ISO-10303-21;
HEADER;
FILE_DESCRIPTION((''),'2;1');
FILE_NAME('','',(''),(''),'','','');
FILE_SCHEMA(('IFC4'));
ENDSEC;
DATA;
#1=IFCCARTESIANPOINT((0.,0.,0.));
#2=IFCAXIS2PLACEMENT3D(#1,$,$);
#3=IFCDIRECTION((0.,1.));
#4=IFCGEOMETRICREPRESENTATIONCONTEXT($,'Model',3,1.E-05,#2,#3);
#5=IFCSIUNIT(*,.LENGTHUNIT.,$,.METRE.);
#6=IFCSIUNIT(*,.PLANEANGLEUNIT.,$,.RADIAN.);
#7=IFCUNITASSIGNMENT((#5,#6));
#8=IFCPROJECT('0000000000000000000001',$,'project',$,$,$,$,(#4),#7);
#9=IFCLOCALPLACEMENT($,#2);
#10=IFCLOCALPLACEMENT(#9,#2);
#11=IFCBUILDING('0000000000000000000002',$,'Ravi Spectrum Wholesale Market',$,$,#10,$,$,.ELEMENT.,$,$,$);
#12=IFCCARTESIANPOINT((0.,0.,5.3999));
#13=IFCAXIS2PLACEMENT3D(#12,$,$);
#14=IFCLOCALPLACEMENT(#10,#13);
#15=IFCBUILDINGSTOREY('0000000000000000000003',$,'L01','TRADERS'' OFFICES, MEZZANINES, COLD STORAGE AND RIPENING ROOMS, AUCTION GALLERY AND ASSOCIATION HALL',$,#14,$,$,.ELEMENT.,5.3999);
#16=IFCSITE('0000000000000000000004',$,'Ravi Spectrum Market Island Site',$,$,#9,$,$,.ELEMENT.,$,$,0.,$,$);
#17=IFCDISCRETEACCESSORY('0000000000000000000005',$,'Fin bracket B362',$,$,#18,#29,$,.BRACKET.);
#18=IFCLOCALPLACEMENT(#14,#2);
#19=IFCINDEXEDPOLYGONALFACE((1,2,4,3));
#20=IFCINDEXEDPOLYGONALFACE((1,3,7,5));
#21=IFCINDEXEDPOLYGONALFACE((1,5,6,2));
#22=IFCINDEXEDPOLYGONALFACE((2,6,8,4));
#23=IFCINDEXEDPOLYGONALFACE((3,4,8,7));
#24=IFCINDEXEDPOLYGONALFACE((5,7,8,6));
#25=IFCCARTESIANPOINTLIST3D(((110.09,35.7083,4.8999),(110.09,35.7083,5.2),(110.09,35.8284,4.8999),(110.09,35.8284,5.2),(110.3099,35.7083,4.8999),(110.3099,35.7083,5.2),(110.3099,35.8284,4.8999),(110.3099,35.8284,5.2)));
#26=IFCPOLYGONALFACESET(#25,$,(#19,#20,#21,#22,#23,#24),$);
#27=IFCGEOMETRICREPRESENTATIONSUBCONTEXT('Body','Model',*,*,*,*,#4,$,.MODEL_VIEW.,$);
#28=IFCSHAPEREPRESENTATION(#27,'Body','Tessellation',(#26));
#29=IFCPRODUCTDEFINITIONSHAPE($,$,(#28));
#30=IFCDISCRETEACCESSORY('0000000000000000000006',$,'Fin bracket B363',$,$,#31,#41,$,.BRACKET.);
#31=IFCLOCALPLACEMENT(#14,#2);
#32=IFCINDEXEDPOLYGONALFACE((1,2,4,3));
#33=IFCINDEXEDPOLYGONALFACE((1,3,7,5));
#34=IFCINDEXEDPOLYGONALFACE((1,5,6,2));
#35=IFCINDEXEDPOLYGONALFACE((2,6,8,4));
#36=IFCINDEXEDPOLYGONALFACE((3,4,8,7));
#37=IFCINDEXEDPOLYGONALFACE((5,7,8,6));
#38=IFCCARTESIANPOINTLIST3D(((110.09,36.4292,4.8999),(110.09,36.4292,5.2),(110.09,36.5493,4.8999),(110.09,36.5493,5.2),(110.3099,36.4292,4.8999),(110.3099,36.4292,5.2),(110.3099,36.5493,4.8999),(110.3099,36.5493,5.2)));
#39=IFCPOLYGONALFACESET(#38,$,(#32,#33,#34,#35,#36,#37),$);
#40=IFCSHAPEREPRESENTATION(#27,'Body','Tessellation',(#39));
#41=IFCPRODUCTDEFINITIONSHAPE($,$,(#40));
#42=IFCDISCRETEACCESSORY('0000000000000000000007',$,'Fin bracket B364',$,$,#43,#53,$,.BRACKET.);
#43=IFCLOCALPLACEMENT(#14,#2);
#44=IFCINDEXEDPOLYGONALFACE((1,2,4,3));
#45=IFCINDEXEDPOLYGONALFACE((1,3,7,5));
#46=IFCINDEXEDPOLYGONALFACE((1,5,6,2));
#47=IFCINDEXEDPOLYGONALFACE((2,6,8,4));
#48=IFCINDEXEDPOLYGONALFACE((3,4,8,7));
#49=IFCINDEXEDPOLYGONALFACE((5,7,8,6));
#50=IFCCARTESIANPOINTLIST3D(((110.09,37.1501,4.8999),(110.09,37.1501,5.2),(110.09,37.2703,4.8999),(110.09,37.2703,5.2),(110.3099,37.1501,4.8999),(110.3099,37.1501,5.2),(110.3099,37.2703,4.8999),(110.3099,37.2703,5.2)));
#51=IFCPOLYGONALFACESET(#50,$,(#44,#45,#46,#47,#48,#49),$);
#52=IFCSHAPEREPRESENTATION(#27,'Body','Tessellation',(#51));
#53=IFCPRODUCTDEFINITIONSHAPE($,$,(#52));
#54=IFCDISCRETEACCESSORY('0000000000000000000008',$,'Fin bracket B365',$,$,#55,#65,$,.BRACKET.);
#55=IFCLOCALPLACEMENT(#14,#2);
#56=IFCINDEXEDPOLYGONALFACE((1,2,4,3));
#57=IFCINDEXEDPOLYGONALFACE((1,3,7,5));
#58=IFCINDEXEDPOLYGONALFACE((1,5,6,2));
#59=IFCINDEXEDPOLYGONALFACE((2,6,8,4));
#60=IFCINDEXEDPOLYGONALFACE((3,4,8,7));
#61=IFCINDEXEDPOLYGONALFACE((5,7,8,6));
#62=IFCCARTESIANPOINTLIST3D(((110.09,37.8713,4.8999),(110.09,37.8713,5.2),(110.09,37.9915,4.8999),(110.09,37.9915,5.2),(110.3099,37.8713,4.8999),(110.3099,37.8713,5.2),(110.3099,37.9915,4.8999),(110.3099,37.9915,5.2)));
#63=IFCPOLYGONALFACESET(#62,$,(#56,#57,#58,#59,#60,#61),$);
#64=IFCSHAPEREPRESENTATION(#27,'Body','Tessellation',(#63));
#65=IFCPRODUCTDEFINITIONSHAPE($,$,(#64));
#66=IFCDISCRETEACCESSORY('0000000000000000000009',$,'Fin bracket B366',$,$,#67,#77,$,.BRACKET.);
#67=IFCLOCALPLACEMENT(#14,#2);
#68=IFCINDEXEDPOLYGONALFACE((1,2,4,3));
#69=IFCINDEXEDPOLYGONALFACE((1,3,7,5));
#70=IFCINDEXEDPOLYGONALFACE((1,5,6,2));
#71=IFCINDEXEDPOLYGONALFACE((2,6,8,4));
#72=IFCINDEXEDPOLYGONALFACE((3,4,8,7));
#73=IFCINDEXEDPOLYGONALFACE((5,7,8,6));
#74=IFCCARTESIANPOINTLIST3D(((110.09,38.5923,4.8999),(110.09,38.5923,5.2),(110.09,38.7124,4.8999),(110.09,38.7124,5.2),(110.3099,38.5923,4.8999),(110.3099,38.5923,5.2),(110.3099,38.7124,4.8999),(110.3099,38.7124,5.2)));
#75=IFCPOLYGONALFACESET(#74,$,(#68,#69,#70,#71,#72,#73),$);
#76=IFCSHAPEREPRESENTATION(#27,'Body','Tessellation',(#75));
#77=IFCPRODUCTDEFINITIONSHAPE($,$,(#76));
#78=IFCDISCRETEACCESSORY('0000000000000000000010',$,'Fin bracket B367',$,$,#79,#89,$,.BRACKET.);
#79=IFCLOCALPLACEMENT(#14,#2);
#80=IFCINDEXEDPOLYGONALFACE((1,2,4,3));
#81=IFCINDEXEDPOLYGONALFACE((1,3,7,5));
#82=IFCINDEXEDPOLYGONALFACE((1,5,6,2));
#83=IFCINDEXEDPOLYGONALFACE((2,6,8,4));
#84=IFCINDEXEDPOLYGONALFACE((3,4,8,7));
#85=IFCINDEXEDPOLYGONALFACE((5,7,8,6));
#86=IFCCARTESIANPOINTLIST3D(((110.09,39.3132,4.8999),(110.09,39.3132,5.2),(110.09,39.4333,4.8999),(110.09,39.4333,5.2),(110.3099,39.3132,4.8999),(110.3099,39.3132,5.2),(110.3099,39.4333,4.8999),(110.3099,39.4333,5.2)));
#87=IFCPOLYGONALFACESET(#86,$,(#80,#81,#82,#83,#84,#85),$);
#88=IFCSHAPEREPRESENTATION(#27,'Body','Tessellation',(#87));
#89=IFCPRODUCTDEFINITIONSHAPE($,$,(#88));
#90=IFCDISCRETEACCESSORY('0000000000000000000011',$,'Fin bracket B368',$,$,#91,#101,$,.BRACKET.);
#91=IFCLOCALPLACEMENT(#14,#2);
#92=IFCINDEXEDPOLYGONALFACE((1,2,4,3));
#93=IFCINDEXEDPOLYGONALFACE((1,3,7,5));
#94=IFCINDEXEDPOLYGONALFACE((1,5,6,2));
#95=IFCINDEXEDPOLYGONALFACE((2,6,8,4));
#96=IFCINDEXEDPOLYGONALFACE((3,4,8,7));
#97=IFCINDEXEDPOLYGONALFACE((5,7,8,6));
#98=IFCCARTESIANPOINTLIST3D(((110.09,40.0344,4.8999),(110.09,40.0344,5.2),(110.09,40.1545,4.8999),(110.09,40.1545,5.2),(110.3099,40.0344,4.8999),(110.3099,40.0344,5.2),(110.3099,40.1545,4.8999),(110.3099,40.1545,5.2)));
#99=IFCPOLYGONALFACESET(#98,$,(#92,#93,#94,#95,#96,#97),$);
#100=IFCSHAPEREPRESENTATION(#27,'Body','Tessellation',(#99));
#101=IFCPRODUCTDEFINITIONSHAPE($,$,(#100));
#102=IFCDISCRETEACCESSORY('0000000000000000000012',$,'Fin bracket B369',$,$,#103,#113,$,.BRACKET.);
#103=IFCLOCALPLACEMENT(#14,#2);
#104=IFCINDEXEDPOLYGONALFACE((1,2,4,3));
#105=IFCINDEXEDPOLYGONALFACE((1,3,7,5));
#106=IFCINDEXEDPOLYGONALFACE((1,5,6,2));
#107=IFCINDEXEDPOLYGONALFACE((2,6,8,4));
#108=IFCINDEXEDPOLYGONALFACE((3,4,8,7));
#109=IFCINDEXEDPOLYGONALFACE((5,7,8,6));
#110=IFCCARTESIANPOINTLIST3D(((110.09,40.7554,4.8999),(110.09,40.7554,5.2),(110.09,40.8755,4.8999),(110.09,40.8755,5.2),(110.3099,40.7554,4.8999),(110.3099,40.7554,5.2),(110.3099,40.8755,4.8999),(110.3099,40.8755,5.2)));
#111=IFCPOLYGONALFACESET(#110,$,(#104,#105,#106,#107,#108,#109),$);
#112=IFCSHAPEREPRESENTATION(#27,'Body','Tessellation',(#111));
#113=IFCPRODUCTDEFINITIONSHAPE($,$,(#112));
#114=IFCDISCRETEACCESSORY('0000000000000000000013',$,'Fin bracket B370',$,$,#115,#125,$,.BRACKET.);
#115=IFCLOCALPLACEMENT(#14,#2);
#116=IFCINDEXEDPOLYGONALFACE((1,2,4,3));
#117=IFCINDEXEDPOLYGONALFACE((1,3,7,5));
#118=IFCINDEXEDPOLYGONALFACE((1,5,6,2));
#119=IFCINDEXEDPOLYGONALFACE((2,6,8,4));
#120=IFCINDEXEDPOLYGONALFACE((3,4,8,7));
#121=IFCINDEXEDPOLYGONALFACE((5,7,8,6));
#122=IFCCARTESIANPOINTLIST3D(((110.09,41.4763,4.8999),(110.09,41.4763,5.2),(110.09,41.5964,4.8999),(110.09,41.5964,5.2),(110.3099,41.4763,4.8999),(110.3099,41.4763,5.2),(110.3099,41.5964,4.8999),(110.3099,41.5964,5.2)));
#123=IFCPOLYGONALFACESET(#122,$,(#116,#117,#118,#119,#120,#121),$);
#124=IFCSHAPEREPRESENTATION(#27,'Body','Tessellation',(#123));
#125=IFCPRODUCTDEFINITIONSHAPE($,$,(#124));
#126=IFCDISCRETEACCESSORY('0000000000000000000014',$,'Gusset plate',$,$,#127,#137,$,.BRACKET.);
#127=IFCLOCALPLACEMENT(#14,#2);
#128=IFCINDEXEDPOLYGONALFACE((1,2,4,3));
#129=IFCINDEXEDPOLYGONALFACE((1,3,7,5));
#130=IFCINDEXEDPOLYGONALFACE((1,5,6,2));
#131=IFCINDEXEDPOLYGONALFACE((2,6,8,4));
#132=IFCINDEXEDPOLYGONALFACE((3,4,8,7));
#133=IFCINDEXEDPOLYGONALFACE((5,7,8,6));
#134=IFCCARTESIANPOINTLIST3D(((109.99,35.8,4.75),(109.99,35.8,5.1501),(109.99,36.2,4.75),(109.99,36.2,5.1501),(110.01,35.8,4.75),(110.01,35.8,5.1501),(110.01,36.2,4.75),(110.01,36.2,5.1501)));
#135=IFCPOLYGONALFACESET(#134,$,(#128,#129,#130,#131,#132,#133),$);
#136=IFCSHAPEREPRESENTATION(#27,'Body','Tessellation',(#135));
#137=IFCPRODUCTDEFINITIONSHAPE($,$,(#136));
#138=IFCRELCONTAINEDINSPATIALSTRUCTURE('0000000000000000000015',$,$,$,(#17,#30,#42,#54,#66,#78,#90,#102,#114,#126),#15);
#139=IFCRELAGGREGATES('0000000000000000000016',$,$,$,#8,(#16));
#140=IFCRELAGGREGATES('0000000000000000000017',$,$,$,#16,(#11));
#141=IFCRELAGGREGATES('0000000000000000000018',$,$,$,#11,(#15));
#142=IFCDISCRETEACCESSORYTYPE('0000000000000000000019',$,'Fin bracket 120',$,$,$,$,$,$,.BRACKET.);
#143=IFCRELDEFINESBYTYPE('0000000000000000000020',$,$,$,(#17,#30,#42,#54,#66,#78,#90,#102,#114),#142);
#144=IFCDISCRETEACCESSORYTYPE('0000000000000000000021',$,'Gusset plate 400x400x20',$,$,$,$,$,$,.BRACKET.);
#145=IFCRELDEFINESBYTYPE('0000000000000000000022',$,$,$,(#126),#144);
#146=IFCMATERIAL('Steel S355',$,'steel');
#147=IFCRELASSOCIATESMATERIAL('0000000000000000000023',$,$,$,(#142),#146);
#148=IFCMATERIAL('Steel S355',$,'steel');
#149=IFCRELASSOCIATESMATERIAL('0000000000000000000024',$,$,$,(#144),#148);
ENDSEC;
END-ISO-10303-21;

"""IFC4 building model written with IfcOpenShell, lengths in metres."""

from ifc_helpers import new_model, si_unit, direction, frame, origin, origin_2d, place, context, subcontext, project, spatial, rectangle, extrude, material, material_profile, profile_set, type_object, element, save


model = new_model("IFC4")

# Units and contexts
model_context = context("Model", 3, precision=1e-05, world=origin(), true_north=direction((0.0, 1.0)))
body_context = subcontext(model_context, "Body", "Model", "MODEL_VIEW")
ifc_project = project(units=[si_unit("LENGTHUNIT", "METRE"), si_unit("PLANEANGLEUNIT", "RADIAN")], contexts=[model_context])

# Site, building, storey
site_placement = place(None, origin())
site = spatial("IfcSite", under=ifc_project, at=site_placement, Name="Ravi Spectrum Market Island Site", CompositionType="ELEMENT", RefElevation=0.0)
building_placement = place(site_placement, origin())
building = spatial("IfcBuilding", under=site, at=building_placement, Name="Ravi Spectrum Wholesale Market", CompositionType="ELEMENT")
storey_placement = place(building_placement, frame((0.0, 0.0, 5.3999)))
storey = spatial("IfcBuildingStorey", under=building, at=storey_placement, Name="L01", Description="TRADERS' OFFICES, MEZZANINES, COLD STORAGE AND RIPENING ROOMS, AUCTION GALLERY AND ASSOCIATION HALL", CompositionType="ELEMENT", Elevation=5.3999)

# Discrete accessories
ifc_material_1 = material(Name="Steel S355", Category="steel")
discrete_accessory_type_1 = type_object("IfcDiscreteAccessoryType", Name="Fin bracket 120", PredefinedType="BRACKET", material=ifc_material_1)
for number, where, z_axis, x_axis, name in (
    (1, (110.2, 35.7683, 4.8999), (0.0, 0.0, 1.0), (0.0, 1.0, 0.0), "Fin bracket B362"),
    (2, (110.2, 36.4893, 4.8999), (0.0, 0.0, 1.0), (0.0, 1.0, 0.0), "Fin bracket B363"),
    (3, (110.2, 37.2102, 4.8999), (0.0, 0.0, 1.0), (0.0, 1.0, 0.0), "Fin bracket B364"),
    (4, (110.2, 37.9314, 4.8999), (0.0, 0.0, 1.0), (0.0, 1.0, 0.0), "Fin bracket B365"),
    (5, (110.2, 38.6523, 4.8999), (0.0, 0.0, 1.0), (0.0, 1.0, 0.0), "Fin bracket B366"),
    (6, (110.2, 39.3733, 4.8999), (0.0, 0.0, 1.0), (0.0, 1.0, 0.0), "Fin bracket B367"),
    (7, (110.2, 40.0945, 4.8999), (0.0, 0.0, 1.0), (0.0, 1.0, 0.0), "Fin bracket B368"),
    (8, (110.2, 40.8154, 4.8999), (0.0, 0.0, 1.0), (0.0, 1.0, 0.0), "Fin bracket B369"),
    (9, (110.2, 41.5364, 4.8999), (0.0, 0.0, 1.0), (0.0, 1.0, 0.0), "Fin bracket B370"),
):
    element("IfcDiscreteAccessory", number, at=place(storey_placement, frame(where, z_axis=z_axis, x_axis=x_axis)), inside=storey, type_object=discrete_accessory_type_1, Name=name, PredefinedType="BRACKET", context=body_context, shape_type="SweptSolid", body=[
        extrude(rectangle(XDim=0.1201, YDim=0.22, at=origin_2d()), origin(), (0.0, 0.0, 1.0), 0.3),
    ])
ifc_material_2 = material(Name="Steel S355", Category="steel")
ifc_material_profile_1 = material_profile(ifc_material_2, rectangle(XDim=0.3999, YDim=0.02, at=origin_2d()))
ifc_profile_set_1 = profile_set([ifc_material_profile_1], Name="Steel S355")
discrete_accessory_type_2 = type_object("IfcDiscreteAccessoryType", Name="Gusset plate 400x400x20", PredefinedType="BRACKET", material=ifc_profile_set_1)
discrete_accessory_placement = place(storey_placement, frame((110.0, 36.0, 4.75), z_axis=(0.0, 0.0, 1.0), x_axis=(0.0, 1.0, 0.0)))
element("IfcDiscreteAccessory", 10, at=discrete_accessory_placement, inside=storey, type_object=discrete_accessory_type_2, Name="Gusset plate", PredefinedType="BRACKET", context=body_context, shape_type="SweptSolid", body=[
    extrude(rectangle(XDim=0.3999, YDim=0.02, at=origin_2d()), origin(), (0.0, 0.0, 1.0), 0.4001),
])

save(model, "model.ifc")
